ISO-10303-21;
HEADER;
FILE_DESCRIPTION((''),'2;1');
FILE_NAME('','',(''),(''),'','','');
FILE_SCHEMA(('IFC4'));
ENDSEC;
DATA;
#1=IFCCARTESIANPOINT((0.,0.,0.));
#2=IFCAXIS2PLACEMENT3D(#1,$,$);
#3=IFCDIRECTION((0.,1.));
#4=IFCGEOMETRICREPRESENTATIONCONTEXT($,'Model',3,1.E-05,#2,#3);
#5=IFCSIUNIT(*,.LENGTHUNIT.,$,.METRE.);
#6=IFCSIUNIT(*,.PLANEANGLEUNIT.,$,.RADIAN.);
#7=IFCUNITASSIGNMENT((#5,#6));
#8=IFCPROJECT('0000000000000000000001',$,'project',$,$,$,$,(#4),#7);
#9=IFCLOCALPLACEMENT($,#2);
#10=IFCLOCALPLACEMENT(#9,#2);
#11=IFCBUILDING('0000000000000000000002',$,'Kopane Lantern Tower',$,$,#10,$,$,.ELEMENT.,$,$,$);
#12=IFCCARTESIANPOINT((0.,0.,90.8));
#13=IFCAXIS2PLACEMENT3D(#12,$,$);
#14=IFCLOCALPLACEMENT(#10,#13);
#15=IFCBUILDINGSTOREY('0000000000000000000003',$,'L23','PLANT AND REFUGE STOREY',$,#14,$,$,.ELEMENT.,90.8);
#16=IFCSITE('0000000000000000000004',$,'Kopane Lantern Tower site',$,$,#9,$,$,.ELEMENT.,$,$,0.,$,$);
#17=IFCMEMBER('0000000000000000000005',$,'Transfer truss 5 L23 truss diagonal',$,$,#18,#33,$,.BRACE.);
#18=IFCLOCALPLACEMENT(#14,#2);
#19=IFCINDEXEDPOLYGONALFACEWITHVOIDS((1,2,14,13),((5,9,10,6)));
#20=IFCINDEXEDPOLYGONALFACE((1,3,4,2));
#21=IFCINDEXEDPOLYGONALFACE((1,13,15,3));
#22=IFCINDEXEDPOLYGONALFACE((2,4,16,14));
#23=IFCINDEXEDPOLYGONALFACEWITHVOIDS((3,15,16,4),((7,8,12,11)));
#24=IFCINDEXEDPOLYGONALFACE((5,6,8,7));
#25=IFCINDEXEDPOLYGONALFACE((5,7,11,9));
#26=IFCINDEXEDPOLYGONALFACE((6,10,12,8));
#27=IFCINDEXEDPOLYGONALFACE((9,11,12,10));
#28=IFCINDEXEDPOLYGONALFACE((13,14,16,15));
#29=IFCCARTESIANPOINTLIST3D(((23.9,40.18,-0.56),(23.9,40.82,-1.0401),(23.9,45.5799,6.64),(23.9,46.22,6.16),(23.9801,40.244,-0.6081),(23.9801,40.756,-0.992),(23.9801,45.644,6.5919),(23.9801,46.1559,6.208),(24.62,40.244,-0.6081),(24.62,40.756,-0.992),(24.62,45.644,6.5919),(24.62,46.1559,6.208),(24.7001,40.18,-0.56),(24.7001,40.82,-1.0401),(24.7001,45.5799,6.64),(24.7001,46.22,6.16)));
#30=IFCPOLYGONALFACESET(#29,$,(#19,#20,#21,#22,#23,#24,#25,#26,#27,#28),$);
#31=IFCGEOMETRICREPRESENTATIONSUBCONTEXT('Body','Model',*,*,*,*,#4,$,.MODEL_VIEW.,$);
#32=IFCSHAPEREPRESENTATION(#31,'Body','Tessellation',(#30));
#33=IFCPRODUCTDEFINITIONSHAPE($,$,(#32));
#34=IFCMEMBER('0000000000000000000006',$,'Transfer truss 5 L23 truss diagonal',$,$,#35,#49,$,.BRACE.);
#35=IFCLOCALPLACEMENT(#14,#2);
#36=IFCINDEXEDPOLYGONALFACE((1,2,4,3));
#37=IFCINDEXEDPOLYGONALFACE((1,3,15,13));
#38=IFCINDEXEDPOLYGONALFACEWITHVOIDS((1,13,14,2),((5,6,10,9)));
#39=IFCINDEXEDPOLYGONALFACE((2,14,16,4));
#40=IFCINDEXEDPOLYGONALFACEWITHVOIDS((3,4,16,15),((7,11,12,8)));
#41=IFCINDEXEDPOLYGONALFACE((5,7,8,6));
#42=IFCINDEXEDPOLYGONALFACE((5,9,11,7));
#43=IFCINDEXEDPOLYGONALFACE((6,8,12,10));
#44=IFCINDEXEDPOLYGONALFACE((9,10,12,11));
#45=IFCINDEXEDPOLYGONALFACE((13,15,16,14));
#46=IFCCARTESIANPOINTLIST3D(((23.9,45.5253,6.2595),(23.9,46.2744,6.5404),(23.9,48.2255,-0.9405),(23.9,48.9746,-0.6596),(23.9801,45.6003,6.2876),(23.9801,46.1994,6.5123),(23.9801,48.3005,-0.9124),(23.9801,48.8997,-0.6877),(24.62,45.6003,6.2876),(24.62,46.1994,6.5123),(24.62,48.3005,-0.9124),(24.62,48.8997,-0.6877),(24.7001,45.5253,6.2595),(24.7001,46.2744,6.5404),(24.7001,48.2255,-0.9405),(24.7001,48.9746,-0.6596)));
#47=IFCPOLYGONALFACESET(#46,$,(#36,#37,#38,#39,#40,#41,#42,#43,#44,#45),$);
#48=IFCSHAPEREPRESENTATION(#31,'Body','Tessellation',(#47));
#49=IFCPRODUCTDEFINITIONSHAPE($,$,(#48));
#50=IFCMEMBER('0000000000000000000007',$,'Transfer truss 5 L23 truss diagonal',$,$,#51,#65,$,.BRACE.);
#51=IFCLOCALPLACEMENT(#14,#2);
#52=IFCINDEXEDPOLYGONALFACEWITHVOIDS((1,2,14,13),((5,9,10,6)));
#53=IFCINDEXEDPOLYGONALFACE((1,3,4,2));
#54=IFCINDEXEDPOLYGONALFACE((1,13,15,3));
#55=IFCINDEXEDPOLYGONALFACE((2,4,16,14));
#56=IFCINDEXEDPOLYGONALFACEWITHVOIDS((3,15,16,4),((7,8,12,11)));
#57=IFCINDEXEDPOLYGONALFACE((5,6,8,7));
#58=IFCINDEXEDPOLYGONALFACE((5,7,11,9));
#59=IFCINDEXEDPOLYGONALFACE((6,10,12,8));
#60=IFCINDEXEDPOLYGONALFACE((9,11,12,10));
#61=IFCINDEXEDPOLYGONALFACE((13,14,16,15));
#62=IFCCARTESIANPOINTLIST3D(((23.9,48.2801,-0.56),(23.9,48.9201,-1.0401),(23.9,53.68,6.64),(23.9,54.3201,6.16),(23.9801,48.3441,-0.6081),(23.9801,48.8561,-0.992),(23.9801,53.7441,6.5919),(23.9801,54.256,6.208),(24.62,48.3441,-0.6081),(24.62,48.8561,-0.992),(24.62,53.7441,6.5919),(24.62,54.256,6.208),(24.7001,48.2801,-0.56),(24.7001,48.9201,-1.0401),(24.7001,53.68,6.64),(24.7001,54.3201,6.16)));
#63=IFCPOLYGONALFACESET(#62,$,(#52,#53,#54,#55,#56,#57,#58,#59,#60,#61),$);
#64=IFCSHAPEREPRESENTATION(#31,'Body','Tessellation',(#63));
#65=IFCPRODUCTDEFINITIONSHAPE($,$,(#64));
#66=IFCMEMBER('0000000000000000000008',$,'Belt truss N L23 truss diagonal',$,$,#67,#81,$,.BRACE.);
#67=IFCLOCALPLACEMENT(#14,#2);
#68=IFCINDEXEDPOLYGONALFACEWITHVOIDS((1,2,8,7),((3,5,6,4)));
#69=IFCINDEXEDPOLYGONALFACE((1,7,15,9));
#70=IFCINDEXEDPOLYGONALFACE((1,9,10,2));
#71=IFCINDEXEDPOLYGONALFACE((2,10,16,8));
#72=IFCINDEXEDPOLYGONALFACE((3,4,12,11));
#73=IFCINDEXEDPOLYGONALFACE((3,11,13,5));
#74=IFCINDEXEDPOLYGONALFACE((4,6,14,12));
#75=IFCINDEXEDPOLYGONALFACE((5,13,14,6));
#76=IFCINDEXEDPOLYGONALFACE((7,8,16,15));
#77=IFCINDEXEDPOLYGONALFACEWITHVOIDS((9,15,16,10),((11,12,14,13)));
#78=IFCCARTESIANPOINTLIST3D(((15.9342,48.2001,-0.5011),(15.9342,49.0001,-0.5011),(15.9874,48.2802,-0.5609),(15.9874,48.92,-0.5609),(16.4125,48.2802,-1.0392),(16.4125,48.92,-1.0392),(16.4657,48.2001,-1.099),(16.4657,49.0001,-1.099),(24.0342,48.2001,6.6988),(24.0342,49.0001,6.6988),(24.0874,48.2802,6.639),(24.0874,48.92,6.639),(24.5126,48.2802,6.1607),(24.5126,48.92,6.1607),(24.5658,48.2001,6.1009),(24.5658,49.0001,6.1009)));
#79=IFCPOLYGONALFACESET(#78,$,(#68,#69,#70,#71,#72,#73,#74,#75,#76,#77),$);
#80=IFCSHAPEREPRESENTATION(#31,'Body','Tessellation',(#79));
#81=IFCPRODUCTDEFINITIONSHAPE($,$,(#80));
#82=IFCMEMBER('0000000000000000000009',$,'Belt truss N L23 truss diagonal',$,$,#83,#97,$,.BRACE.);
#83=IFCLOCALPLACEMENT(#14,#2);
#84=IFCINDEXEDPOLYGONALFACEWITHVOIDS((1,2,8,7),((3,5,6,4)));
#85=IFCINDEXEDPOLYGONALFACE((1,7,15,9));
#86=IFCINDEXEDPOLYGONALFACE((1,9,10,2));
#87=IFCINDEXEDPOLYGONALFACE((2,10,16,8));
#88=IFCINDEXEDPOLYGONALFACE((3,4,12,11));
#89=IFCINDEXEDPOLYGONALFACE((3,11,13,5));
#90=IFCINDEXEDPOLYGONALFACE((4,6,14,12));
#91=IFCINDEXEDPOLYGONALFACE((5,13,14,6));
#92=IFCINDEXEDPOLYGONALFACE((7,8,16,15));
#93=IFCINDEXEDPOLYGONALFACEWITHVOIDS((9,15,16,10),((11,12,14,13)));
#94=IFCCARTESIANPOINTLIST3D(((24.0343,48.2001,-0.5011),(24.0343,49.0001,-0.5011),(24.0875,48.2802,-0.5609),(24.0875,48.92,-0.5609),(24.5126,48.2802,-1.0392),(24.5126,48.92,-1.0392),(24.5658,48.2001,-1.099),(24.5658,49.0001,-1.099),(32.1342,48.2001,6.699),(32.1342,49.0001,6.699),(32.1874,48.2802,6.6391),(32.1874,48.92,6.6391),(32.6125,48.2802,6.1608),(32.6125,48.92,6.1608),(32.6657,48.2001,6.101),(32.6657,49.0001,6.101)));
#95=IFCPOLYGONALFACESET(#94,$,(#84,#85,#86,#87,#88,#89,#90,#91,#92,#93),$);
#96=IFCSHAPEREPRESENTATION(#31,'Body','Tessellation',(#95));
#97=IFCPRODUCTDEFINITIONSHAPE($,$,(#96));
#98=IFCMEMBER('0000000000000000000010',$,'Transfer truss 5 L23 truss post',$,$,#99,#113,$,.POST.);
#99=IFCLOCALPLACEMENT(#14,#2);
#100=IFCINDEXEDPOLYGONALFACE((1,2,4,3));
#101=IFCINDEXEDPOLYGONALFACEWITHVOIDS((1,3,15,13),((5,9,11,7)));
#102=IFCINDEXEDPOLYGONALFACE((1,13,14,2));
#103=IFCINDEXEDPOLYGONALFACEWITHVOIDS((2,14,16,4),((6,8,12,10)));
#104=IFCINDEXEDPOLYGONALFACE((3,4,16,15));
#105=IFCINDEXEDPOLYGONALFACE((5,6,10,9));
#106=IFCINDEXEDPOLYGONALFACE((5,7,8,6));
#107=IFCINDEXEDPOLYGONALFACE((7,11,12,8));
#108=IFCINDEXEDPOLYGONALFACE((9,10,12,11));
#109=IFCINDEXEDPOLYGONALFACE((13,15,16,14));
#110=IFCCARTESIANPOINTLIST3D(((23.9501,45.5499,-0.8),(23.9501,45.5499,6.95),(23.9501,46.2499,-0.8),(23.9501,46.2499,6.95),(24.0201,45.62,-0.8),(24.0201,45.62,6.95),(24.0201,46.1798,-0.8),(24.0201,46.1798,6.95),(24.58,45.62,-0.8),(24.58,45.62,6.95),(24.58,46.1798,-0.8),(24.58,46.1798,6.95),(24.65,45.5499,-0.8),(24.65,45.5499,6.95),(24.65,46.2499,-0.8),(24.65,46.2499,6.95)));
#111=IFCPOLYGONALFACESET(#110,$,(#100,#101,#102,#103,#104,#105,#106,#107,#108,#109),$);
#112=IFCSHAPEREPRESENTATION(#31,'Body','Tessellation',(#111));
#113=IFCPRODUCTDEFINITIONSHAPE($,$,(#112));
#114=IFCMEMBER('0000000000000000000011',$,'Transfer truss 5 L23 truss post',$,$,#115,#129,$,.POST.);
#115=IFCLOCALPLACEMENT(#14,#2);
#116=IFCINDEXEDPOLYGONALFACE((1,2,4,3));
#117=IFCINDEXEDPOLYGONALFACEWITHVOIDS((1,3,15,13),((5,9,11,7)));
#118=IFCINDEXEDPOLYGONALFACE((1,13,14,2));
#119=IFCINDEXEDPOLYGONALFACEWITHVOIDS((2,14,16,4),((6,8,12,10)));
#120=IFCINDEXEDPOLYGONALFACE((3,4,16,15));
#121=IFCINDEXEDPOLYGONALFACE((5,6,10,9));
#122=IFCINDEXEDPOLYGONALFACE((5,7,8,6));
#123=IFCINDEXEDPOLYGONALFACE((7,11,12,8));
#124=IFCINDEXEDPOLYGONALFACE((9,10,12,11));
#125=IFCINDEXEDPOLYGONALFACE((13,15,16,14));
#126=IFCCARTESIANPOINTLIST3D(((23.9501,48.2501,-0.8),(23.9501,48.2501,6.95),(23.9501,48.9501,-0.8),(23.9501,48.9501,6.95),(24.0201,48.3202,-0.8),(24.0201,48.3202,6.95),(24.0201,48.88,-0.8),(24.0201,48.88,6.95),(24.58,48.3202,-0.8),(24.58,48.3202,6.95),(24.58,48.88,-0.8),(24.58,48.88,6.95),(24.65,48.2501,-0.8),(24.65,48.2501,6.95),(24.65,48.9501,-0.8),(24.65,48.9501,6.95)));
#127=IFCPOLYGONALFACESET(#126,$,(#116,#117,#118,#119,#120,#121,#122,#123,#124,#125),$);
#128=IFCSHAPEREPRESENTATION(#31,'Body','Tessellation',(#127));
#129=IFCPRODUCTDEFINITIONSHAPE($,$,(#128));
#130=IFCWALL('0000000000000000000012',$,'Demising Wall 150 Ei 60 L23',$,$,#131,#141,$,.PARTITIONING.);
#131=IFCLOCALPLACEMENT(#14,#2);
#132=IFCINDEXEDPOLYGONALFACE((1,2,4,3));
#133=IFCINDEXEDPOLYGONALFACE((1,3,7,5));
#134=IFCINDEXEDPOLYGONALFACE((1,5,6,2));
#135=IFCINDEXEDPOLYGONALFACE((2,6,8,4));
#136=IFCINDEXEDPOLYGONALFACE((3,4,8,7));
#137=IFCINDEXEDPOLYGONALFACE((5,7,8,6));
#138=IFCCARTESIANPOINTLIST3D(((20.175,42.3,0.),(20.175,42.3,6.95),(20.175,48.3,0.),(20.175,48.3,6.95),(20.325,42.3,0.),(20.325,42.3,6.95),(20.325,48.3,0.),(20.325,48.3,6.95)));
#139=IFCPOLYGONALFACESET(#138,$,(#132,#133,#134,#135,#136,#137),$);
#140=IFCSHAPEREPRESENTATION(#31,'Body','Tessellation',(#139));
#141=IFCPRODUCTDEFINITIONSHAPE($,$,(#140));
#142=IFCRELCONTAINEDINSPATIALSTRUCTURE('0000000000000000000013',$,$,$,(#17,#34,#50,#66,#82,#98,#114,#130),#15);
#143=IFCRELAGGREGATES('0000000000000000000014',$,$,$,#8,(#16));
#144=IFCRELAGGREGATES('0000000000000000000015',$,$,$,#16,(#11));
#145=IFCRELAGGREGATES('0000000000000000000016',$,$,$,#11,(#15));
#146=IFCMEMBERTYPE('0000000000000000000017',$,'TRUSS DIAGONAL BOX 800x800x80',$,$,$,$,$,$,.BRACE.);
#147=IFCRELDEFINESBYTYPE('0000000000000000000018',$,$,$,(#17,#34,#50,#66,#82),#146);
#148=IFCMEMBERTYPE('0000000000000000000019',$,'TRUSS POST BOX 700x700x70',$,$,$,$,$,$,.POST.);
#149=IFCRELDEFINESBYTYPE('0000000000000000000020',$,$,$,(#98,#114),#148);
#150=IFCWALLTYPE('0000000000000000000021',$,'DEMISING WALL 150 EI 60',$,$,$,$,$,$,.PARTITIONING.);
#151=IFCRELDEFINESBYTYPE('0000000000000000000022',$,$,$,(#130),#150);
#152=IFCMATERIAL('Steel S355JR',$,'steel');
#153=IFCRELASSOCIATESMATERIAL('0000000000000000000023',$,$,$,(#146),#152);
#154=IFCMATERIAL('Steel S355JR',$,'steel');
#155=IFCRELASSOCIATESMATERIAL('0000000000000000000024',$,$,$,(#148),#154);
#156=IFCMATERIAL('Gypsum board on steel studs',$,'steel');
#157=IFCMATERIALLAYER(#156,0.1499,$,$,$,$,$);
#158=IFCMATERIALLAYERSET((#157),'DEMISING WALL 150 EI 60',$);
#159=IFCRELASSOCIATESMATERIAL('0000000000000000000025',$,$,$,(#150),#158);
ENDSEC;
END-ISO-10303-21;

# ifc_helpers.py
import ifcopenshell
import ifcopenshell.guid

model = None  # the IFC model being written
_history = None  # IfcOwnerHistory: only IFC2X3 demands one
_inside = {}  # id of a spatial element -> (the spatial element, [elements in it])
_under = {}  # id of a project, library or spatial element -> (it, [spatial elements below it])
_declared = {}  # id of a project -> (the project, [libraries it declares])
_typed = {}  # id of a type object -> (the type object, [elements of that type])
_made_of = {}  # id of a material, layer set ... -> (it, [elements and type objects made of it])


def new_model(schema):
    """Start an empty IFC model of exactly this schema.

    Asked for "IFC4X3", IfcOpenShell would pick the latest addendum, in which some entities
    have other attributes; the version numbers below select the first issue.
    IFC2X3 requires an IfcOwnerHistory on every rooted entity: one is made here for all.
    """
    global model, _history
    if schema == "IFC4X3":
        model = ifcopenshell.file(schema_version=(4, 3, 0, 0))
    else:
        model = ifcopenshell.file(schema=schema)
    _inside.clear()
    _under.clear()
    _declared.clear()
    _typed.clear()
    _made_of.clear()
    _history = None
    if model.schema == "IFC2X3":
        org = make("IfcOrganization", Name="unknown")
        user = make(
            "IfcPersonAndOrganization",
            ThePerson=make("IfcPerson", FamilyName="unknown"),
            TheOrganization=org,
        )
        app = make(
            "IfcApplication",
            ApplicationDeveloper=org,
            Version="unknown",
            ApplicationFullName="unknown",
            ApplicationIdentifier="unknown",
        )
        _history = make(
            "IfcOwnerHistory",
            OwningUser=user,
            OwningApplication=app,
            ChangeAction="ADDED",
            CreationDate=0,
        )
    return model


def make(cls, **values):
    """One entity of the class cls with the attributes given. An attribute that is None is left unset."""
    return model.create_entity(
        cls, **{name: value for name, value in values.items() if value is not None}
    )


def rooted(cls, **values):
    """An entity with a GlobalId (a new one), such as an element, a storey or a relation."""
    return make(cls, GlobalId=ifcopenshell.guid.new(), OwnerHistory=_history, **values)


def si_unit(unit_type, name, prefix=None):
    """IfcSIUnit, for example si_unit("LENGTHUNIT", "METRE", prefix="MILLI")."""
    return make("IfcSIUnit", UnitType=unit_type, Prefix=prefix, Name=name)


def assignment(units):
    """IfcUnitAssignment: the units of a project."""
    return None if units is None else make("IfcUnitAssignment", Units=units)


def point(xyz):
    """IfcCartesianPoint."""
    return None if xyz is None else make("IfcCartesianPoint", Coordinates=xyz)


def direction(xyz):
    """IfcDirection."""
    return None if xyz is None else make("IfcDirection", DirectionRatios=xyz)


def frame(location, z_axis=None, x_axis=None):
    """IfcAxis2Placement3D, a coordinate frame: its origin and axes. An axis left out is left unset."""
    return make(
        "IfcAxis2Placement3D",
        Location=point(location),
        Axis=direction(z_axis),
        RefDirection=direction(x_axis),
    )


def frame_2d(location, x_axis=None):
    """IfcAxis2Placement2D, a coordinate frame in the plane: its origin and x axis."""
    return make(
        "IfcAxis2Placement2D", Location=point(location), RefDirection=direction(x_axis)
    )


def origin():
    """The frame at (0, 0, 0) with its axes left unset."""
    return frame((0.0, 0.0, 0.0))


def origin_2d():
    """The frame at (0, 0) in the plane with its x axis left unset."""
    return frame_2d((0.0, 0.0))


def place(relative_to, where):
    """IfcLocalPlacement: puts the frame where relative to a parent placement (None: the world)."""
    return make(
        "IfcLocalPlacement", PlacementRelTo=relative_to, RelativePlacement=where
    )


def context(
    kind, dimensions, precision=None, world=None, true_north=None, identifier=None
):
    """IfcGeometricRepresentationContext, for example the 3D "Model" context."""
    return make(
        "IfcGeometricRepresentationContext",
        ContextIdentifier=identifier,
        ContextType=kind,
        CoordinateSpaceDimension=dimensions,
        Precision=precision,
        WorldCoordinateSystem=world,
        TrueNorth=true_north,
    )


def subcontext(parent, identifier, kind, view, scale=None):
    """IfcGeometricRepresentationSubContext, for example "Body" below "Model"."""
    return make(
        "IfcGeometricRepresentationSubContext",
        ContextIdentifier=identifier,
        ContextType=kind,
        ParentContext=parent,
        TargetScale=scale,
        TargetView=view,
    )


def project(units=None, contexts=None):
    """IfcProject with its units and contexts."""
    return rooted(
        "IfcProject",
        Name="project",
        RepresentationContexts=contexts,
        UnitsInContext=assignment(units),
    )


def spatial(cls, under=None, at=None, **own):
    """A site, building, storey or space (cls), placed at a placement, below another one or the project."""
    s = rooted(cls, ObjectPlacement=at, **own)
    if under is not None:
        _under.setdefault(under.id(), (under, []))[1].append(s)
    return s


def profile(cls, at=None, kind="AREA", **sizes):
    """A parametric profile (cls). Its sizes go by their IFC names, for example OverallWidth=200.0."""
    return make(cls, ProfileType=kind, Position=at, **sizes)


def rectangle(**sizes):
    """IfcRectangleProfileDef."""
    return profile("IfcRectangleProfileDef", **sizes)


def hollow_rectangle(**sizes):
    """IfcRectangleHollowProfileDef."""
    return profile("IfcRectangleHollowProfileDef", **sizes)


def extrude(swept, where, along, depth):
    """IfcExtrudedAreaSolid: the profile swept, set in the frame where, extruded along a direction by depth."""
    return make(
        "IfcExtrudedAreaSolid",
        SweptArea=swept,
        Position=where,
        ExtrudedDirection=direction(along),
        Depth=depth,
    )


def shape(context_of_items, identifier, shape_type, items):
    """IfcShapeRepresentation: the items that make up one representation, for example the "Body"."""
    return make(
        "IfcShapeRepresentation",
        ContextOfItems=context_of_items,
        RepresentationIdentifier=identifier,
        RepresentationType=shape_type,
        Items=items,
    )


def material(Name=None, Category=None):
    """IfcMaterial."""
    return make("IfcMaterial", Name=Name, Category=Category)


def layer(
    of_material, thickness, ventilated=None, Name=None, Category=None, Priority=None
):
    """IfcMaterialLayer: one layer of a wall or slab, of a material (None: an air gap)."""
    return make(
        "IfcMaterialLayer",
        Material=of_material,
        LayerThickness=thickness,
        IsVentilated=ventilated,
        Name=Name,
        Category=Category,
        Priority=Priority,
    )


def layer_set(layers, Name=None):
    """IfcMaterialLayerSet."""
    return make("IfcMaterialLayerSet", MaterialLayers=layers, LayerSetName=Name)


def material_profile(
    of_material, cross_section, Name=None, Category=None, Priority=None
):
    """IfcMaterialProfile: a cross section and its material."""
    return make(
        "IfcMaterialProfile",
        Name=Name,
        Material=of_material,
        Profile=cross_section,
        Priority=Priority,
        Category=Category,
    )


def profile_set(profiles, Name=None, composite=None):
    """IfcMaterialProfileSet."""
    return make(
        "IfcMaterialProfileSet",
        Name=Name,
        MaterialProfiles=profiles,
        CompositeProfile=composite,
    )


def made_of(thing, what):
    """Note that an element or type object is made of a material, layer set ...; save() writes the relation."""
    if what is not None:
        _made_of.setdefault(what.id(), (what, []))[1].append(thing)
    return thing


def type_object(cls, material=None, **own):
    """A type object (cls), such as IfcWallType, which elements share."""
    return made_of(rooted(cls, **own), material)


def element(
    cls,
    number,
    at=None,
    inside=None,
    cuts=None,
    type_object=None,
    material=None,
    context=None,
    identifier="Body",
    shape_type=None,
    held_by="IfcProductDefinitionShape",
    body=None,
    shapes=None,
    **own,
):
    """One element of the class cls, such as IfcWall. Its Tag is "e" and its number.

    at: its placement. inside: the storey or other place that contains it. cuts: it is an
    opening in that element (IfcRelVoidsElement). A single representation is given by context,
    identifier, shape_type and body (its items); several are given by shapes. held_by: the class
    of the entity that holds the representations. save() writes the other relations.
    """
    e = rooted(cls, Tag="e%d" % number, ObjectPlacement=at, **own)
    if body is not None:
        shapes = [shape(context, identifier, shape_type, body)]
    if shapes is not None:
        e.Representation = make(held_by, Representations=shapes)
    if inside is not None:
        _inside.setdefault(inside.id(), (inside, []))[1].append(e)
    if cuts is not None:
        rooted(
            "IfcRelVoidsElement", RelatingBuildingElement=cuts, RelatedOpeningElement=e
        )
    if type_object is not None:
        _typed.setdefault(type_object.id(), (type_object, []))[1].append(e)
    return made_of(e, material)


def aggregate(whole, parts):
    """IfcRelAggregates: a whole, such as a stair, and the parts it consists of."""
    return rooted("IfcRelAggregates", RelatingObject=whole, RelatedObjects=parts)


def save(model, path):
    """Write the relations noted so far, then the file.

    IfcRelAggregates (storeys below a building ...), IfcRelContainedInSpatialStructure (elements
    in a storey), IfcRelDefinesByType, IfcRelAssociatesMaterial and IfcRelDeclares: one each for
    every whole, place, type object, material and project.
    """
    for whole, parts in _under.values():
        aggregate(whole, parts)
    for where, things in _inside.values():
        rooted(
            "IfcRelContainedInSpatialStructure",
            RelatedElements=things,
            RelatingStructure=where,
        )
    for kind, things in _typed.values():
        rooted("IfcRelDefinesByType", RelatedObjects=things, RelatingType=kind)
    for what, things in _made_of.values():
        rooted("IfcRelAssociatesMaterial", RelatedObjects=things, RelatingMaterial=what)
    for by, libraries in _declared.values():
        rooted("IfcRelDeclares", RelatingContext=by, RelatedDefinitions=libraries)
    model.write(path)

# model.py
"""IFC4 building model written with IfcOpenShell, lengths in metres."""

from ifc_helpers import new_model, si_unit, direction, frame, frame_2d, origin, origin_2d, place, context, subcontext, project, spatial, rectangle, hollow_rectangle, extrude, material, layer, layer_set, material_profile, profile_set, type_object, element, save


model = new_model("IFC4")

# Units and contexts
model_context = context("Model", 3, precision=1e-05, world=origin(), true_north=direction((0.0, 1.0)))
body_context = subcontext(model_context, "Body", "Model", "MODEL_VIEW")
ifc_project = project(units=[si_unit("LENGTHUNIT", "METRE"), si_unit("PLANEANGLEUNIT", "RADIAN")], contexts=[model_context])

# Site, building, storey
site_placement = place(None, origin())
site = spatial("IfcSite", under=ifc_project, at=site_placement, Name="Kopane Lantern Tower site", CompositionType="ELEMENT", RefElevation=0.0)
building_placement = place(site_placement, origin())
building = spatial("IfcBuilding", under=site, at=building_placement, Name="Kopane Lantern Tower", CompositionType="ELEMENT")
storey_placement = place(building_placement, frame((0.0, 0.0, 90.8)))
storey = spatial("IfcBuildingStorey", under=building, at=storey_placement, Name="L23", Description="PLANT AND REFUGE STOREY", CompositionType="ELEMENT", Elevation=90.8)

# Members
ifc_material_1 = material(Name="Steel S355JR", Category="steel")
ifc_material_profile_1 = material_profile(ifc_material_1, hollow_rectangle(XDim=0.8, YDim=0.8, WallThickness=0.0801, at=origin_2d()), Name="BOX 800x800x80")
ifc_profile_set_1 = profile_set([ifc_material_profile_1], Name="Steel S355JR")
member_type_1 = type_object("IfcMemberType", Name="TRUSS DIAGONAL BOX 800x800x80", PredefinedType="BRACE", material=ifc_profile_set_1)
member_1_placement = place(storey_placement, frame((24.3, 40.5, -0.8), z_axis=(0.0, 0.599996, 0.800003), x_axis=(-1.0, 0.0, 0.0)))
element("IfcMember", 1, at=member_1_placement, inside=storey, type_object=member_type_1, Name="Transfer truss 5 L23 truss diagonal", PredefinedType="BRACE", context=body_context, shape_type="SweptSolid", body=[
    extrude(hollow_rectangle(XDim=0.8, YDim=0.8, WallThickness=0.0801, at=origin_2d()), origin(), (0.0, 0.0, 1.0), 9.0),
])
member_2_placement = place(storey_placement, frame((24.3, 48.6001, -0.8), z_axis=(0.0, -0.351148, 0.93632), x_axis=(1.0, 0.0, 0.0)))
element("IfcMember", 2, at=member_2_placement, inside=storey, type_object=member_type_1, Name="Transfer truss 5 L23 truss diagonal", PredefinedType="BRACE", context=body_context, shape_type="SweptSolid", body=[
    extrude(hollow_rectangle(XDim=0.8, YDim=0.8, WallThickness=0.0801, at=origin_2d()), origin(), (0.0, 0.0, 1.0), 7.6897),
])
member_3_placement = place(storey_placement, frame((24.3, 48.6001, -0.8), z_axis=(0.0, 0.599996, 0.800003), x_axis=(-1.0, 0.0, 0.0)))
element("IfcMember", 3, at=member_3_placement, inside=storey, type_object=member_type_1, Name="Transfer truss 5 L23 truss diagonal", PredefinedType="BRACE", context=body_context, shape_type="SweptSolid", body=[
    extrude(hollow_rectangle(XDim=0.8, YDim=0.8, WallThickness=0.0801, at=origin_2d()), origin(), (0.0, 0.0, 1.0), 9.0),
])
for number, where, z_axis, x_axis, name in (
    (4, (16.2, 48.6001, -0.8), (0.747416, 0.0, 0.664357), (0.0, 1.0, 0.0), "Belt truss N L23 truss diagonal"),
    (5, (24.3, 48.6001, -0.8), (0.747406, 0.0, 0.664368), (0.0, 1.0, 0.0), "Belt truss N L23 truss diagonal"),
):
    element("IfcMember", number, at=place(storey_placement, frame(where, z_axis=z_axis, x_axis=x_axis)), inside=storey, type_object=member_type_1, Name=name, PredefinedType="BRACE", context=body_context, shape_type="SweptSolid", body=[
        extrude(hollow_rectangle(XDim=0.8, YDim=0.8, WallThickness=0.0801, at=origin_2d()), origin(), (0.0, 0.0, 1.0), 10.8374),
    ])
ifc_material_2 = material(Name="Steel S355JR", Category="steel")
ifc_material_profile_2 = material_profile(ifc_material_2, hollow_rectangle(XDim=0.7, YDim=0.7, WallThickness=0.0701, at=origin_2d()), Name="BOX 700x700x70")
ifc_profile_set_2 = profile_set([ifc_material_profile_2], Name="Steel S355JR")
member_type_2 = type_object("IfcMemberType", Name="TRUSS POST BOX 700x700x70", PredefinedType="POST", material=ifc_profile_set_2)
for number, where, z_axis, x_axis, name in (
    (6, (24.3, 45.8999, -0.8), (0.0, 0.0, 1.0), (1.0, 0.0, 0.0), "Transfer truss 5 L23 truss post"),
    (7, (24.3, 48.6001, -0.8), (0.0, 0.0, 1.0), (1.0, 0.0, 0.0), "Transfer truss 5 L23 truss post"),
):
    element("IfcMember", number, at=place(storey_placement, frame(where, z_axis=z_axis, x_axis=x_axis)), inside=storey, type_object=member_type_2, Name=name, PredefinedType="POST", context=body_context, shape_type="SweptSolid", body=[
        extrude(hollow_rectangle(XDim=0.7, YDim=0.7, WallThickness=0.0701, at=origin_2d()), origin(), (0.0, 0.0, 1.0), 7.75),
    ])

# Wall
ifc_material_3 = material(Name="Gypsum board on steel studs", Category="steel")
ifc_layer = layer(ifc_material_3, 0.1499)
ifc_layer_set = layer_set([ifc_layer], Name="DEMISING WALL 150 EI 60")
wall_type = type_object("IfcWallType", Name="DEMISING WALL 150 EI 60", PredefinedType="PARTITIONING", material=ifc_layer_set)
wall_placement = place(storey_placement, frame((20.25, 42.3, 0.0), z_axis=(0.0, 0.0, 1.0), x_axis=(0.0, 1.0, 0.0)))
element("IfcWall", 8, at=wall_placement, inside=storey, type_object=wall_type, Name="Demising Wall 150 Ei 60 L23", PredefinedType="PARTITIONING", context=body_context, shape_type="SweptSolid", body=[
    extrude(rectangle(XDim=6.0, YDim=0.1499, at=frame_2d((3.0, 0.0))), origin(), (0.0, 0.0, 1.0), 6.95),
])

save(model, "model.ifc")
